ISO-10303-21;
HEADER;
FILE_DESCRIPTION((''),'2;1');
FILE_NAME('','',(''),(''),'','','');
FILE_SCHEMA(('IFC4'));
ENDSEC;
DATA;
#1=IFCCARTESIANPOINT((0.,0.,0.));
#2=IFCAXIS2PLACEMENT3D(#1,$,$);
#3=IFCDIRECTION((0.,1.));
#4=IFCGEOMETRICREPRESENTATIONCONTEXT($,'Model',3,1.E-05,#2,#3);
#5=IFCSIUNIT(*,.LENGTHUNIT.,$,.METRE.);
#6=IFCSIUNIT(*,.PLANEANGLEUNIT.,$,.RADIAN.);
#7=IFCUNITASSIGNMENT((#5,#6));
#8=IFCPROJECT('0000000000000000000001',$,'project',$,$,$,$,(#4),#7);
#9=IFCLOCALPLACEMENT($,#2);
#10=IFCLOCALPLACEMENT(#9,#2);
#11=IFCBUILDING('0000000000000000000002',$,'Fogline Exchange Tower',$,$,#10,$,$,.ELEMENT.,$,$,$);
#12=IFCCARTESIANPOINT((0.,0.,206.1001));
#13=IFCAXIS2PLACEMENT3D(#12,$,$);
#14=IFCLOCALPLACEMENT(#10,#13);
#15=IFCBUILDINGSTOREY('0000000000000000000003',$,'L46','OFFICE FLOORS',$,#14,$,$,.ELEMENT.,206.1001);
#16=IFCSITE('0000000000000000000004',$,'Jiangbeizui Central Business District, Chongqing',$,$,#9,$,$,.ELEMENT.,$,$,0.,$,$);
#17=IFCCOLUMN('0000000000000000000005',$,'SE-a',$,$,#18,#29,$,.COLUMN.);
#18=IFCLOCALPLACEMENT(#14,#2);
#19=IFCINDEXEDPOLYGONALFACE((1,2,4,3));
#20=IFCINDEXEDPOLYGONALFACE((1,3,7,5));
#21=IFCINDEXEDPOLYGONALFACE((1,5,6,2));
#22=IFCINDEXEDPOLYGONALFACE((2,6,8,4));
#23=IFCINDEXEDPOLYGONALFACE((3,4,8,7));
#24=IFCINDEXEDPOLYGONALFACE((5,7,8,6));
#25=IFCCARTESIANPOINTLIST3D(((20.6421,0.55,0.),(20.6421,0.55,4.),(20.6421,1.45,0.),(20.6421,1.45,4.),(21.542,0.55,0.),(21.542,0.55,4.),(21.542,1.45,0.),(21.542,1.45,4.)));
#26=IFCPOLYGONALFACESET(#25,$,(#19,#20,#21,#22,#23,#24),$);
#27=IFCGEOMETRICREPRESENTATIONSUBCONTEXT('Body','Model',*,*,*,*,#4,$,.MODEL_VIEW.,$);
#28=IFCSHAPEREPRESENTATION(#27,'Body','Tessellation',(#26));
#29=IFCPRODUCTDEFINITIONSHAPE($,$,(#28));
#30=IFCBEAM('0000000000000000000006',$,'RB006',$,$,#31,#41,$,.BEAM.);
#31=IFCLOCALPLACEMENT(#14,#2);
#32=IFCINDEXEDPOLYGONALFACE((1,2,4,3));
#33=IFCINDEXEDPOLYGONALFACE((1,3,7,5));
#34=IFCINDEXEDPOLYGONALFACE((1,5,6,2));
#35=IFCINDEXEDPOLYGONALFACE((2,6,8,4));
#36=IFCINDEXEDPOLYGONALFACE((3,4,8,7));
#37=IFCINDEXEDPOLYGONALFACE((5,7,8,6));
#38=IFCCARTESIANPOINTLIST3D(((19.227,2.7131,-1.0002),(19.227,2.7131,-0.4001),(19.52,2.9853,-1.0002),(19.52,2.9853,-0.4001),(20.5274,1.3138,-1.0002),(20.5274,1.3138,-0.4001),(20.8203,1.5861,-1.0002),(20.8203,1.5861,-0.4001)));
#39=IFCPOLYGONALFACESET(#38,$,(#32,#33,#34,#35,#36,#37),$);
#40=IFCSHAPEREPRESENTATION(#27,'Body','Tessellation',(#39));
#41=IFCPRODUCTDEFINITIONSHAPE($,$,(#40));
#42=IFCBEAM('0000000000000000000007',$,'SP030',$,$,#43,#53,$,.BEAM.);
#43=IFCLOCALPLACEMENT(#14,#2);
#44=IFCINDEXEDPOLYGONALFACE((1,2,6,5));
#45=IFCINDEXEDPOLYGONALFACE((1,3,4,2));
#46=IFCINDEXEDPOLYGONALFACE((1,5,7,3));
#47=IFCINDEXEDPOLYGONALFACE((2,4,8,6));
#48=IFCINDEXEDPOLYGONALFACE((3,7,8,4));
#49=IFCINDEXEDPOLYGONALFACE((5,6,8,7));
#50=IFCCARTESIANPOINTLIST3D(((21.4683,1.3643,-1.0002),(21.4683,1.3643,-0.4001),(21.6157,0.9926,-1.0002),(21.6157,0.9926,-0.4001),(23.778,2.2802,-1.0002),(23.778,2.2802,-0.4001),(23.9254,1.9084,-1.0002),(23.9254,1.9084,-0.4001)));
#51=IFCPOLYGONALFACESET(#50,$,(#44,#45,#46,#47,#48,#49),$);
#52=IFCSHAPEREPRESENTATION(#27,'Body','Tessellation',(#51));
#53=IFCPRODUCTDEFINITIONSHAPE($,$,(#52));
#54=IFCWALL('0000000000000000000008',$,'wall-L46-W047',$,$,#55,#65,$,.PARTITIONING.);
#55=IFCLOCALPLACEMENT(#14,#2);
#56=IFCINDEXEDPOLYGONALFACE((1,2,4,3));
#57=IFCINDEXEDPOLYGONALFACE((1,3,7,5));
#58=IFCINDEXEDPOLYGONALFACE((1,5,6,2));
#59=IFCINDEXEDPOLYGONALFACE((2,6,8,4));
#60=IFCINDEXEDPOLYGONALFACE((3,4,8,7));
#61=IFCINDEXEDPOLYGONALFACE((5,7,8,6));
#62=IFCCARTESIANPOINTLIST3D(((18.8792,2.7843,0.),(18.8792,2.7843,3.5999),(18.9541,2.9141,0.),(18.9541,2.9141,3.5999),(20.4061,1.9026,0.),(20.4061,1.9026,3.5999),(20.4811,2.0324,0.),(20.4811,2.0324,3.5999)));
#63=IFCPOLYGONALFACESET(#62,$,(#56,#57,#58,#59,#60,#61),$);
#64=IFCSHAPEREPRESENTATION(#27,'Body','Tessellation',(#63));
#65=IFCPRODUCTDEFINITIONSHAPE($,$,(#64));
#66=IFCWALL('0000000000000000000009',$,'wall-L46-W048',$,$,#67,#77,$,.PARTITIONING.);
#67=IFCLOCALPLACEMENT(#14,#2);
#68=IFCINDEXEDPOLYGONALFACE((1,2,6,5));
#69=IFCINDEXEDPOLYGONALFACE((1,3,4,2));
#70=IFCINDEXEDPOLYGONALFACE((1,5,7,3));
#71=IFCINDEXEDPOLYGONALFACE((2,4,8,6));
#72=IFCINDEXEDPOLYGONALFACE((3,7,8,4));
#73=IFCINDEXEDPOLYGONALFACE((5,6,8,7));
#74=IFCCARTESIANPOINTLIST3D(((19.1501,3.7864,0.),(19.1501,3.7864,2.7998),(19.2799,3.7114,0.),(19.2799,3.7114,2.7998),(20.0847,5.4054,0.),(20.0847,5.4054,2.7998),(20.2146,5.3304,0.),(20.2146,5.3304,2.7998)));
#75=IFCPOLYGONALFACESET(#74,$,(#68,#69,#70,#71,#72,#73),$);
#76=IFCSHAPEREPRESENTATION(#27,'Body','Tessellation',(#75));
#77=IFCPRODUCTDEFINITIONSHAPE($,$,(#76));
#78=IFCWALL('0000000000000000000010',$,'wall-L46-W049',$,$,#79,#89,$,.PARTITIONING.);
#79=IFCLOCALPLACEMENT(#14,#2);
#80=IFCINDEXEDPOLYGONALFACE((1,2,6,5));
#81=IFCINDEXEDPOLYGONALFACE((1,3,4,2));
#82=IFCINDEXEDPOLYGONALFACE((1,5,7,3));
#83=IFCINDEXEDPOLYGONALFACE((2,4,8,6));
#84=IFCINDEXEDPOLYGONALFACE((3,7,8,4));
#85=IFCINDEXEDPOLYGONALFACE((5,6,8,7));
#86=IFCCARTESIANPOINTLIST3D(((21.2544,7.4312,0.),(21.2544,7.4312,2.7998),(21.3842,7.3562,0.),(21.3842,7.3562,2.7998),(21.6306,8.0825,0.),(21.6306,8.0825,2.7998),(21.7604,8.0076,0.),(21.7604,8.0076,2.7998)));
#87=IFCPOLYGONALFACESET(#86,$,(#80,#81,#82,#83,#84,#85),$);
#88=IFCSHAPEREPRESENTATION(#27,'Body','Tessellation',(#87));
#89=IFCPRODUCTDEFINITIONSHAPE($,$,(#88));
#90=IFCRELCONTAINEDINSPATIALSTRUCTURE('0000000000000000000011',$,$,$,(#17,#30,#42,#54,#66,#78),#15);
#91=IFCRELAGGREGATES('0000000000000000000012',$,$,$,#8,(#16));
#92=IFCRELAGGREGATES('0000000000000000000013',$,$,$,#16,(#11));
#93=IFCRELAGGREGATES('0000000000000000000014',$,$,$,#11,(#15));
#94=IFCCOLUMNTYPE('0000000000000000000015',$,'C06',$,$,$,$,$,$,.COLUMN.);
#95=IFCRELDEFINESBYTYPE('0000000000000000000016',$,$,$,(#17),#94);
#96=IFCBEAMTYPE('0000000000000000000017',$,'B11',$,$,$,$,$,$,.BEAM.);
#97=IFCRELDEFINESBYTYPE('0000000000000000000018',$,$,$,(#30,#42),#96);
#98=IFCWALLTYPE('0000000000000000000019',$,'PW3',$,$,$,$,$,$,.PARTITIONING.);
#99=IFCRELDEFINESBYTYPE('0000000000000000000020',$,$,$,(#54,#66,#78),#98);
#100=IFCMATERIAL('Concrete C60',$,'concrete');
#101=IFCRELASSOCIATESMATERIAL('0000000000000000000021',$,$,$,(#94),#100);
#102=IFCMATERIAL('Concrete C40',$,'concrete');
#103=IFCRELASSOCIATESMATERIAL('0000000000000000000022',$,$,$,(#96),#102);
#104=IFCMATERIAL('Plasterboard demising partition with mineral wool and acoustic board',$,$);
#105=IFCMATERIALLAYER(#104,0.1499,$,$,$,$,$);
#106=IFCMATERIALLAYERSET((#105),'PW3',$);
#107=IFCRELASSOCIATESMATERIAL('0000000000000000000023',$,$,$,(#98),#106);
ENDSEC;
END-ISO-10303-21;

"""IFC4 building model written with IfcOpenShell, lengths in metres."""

from ifc_helpers import new_model, si_unit, direction, frame, frame_2d, origin, origin_2d, place, context, subcontext, project, spatial, rectangle, extrude, material, layer, layer_set, material_profile, profile_set, type_object, element, save


model = new_model("IFC4")

# Units and contexts
model_context = context("Model", 3, precision=1e-05, world=origin(), true_north=direction((0.0, 1.0)))
body_context = subcontext(model_context, "Body", "Model", "MODEL_VIEW")
ifc_project = project(units=[si_unit("LENGTHUNIT", "METRE"), si_unit("PLANEANGLEUNIT", "RADIAN")], contexts=[model_context])

# Site, building, storey
site_placement = place(None, origin())
site = spatial("IfcSite", under=ifc_project, at=site_placement, Name="Jiangbeizui Central Business District, Chongqing", CompositionType="ELEMENT", RefElevation=0.0)
building_placement = place(site_placement, origin())
building = spatial("IfcBuilding", under=site, at=building_placement, Name="Fogline Exchange Tower", CompositionType="ELEMENT")
storey_placement = place(building_placement, frame((0.0, 0.0, 206.1001)))
storey = spatial("IfcBuildingStorey", under=building, at=storey_placement, Name="L46", Description="OFFICE FLOORS", CompositionType="ELEMENT", Elevation=206.1001)

# Column
ifc_material_1 = material(Name="Concrete C60", Category="concrete")
ifc_material_profile_1 = material_profile(ifc_material_1, rectangle(XDim=0.8999, YDim=0.8999, at=origin_2d()), Name="RC 900x900")
ifc_profile_set_1 = profile_set([ifc_material_profile_1], Name="Concrete C60")
column_type = type_object("IfcColumnType", Name="C06", PredefinedType="COLUMN", material=ifc_profile_set_1)
column_placement = place(storey_placement, frame((21.092, 1.0, 0.0), z_axis=(0.0, 0.0, 1.0), x_axis=(1.0, 0.0, 0.0)))
element("IfcColumn", 1, at=column_placement, inside=storey, type_object=column_type, Name="SE-a", PredefinedType="COLUMN", context=body_context, shape_type="SweptSolid", body=[
    extrude(rectangle(XDim=0.8999, YDim=0.8999, at=origin_2d()), origin(), (0.0, 0.0, 1.0), 4.0),
])

# Beams
ifc_material_2 = material(Name="Concrete C40", Category="concrete")
ifc_material_profile_2 = material_profile(ifc_material_2, rectangle(XDim=0.3999, YDim=0.6001, at=origin_2d()), Name="RC 400x600")
ifc_profile_set_2 = profile_set([ifc_material_profile_2], Name="Concrete C40")
beam_type = type_object("IfcBeamType", Name="B11", PredefinedType="BEAM", material=ifc_profile_set_2)
beam_1_placement = place(storey_placement, frame((20.6738, 1.45, -0.7002), z_axis=(-0.68075, 0.732516, 0.0), x_axis=(-0.732516, -0.68075, 0.0)))
element("IfcBeam", 2, at=beam_1_placement, inside=storey, type_object=beam_type, Name="RB006", PredefinedType="BEAM", context=body_context, shape_type="SweptSolid", body=[
    extrude(rectangle(XDim=0.3999, YDim=0.6001, at=origin_2d()), origin(), (0.0, 0.0, 1.0), 1.9102),
])
beam_2_placement = place(storey_placement, frame((21.542, 1.1785, -0.7002), z_axis=(0.929591, 0.368594, 0.0), x_axis=(-0.368594, 0.929591, 0.0)))
element("IfcBeam", 3, at=beam_2_placement, inside=storey, type_object=beam_type, Name="SP030", PredefinedType="BEAM", context=body_context, shape_type="SweptSolid", body=[
    extrude(rectangle(XDim=0.3999, YDim=0.6001, at=origin_2d()), origin(), (0.0, 0.0, 1.0), 2.4846),
])

# Walls
ifc_material_3 = material(Name="Plasterboard demising partition with mineral wool and acoustic board")
ifc_layer_1 = layer(ifc_material_3, 0.1499)
ifc_layer_set_1 = layer_set([ifc_layer_1], Name="PW3")
wall_type_1 = type_object("IfcWallType", Name="PW3", PredefinedType="PARTITIONING", material=ifc_layer_set_1)
wall_1_placement = place(storey_placement, frame((20.4436, 1.9675, 0.0), z_axis=(0.0, 0.0, 1.0), x_axis=(-0.86601, 0.500026, 0.0)))
element("IfcWall", 4, at=wall_1_placement, inside=storey, type_object=wall_type_1, Name="wall-L46-W047", PredefinedType="PARTITIONING", context=body_context, shape_type="SweptSolid", body=[
    extrude(rectangle(XDim=1.7632, YDim=0.1499, at=frame_2d((0.8816, 0.0))), origin(), (0.0, 0.0, 1.0), 3.5999),
])
wall_2_placement = place(storey_placement, frame((19.2151, 3.749, 0.0), z_axis=(0.0, 0.0, 1.0), x_axis=(0.49996, 0.866049, 0.0)))
element("IfcWall", 5, at=wall_2_placement, inside=storey, type_object=wall_type_1, Name="wall-L46-W048", PredefinedType="PARTITIONING", context=body_context, shape_type="SweptSolid", body=[
    extrude(rectangle(XDim=1.8694, YDim=0.1499, at=frame_2d((0.9346, 0.0))), origin(), (0.0, 0.0, 1.0), 2.7998),
])
wall_3_placement = place(storey_placement, frame((21.3193, 7.3938, 0.0), z_axis=(0.0, 0.0, 1.0), x_axis=(0.500153, 0.865937, 0.0)))
element("IfcWall", 6, at=wall_3_placement, inside=storey, type_object=wall_type_1, Name="wall-L46-W049", PredefinedType="PARTITIONING", context=body_context, shape_type="SweptSolid", body=[
    extrude(rectangle(XDim=0.7522, YDim=0.1499, at=frame_2d((0.376, 0.0))), origin(), (0.0, 0.0, 1.0), 2.7998),
])

save(model, "model.ifc")
